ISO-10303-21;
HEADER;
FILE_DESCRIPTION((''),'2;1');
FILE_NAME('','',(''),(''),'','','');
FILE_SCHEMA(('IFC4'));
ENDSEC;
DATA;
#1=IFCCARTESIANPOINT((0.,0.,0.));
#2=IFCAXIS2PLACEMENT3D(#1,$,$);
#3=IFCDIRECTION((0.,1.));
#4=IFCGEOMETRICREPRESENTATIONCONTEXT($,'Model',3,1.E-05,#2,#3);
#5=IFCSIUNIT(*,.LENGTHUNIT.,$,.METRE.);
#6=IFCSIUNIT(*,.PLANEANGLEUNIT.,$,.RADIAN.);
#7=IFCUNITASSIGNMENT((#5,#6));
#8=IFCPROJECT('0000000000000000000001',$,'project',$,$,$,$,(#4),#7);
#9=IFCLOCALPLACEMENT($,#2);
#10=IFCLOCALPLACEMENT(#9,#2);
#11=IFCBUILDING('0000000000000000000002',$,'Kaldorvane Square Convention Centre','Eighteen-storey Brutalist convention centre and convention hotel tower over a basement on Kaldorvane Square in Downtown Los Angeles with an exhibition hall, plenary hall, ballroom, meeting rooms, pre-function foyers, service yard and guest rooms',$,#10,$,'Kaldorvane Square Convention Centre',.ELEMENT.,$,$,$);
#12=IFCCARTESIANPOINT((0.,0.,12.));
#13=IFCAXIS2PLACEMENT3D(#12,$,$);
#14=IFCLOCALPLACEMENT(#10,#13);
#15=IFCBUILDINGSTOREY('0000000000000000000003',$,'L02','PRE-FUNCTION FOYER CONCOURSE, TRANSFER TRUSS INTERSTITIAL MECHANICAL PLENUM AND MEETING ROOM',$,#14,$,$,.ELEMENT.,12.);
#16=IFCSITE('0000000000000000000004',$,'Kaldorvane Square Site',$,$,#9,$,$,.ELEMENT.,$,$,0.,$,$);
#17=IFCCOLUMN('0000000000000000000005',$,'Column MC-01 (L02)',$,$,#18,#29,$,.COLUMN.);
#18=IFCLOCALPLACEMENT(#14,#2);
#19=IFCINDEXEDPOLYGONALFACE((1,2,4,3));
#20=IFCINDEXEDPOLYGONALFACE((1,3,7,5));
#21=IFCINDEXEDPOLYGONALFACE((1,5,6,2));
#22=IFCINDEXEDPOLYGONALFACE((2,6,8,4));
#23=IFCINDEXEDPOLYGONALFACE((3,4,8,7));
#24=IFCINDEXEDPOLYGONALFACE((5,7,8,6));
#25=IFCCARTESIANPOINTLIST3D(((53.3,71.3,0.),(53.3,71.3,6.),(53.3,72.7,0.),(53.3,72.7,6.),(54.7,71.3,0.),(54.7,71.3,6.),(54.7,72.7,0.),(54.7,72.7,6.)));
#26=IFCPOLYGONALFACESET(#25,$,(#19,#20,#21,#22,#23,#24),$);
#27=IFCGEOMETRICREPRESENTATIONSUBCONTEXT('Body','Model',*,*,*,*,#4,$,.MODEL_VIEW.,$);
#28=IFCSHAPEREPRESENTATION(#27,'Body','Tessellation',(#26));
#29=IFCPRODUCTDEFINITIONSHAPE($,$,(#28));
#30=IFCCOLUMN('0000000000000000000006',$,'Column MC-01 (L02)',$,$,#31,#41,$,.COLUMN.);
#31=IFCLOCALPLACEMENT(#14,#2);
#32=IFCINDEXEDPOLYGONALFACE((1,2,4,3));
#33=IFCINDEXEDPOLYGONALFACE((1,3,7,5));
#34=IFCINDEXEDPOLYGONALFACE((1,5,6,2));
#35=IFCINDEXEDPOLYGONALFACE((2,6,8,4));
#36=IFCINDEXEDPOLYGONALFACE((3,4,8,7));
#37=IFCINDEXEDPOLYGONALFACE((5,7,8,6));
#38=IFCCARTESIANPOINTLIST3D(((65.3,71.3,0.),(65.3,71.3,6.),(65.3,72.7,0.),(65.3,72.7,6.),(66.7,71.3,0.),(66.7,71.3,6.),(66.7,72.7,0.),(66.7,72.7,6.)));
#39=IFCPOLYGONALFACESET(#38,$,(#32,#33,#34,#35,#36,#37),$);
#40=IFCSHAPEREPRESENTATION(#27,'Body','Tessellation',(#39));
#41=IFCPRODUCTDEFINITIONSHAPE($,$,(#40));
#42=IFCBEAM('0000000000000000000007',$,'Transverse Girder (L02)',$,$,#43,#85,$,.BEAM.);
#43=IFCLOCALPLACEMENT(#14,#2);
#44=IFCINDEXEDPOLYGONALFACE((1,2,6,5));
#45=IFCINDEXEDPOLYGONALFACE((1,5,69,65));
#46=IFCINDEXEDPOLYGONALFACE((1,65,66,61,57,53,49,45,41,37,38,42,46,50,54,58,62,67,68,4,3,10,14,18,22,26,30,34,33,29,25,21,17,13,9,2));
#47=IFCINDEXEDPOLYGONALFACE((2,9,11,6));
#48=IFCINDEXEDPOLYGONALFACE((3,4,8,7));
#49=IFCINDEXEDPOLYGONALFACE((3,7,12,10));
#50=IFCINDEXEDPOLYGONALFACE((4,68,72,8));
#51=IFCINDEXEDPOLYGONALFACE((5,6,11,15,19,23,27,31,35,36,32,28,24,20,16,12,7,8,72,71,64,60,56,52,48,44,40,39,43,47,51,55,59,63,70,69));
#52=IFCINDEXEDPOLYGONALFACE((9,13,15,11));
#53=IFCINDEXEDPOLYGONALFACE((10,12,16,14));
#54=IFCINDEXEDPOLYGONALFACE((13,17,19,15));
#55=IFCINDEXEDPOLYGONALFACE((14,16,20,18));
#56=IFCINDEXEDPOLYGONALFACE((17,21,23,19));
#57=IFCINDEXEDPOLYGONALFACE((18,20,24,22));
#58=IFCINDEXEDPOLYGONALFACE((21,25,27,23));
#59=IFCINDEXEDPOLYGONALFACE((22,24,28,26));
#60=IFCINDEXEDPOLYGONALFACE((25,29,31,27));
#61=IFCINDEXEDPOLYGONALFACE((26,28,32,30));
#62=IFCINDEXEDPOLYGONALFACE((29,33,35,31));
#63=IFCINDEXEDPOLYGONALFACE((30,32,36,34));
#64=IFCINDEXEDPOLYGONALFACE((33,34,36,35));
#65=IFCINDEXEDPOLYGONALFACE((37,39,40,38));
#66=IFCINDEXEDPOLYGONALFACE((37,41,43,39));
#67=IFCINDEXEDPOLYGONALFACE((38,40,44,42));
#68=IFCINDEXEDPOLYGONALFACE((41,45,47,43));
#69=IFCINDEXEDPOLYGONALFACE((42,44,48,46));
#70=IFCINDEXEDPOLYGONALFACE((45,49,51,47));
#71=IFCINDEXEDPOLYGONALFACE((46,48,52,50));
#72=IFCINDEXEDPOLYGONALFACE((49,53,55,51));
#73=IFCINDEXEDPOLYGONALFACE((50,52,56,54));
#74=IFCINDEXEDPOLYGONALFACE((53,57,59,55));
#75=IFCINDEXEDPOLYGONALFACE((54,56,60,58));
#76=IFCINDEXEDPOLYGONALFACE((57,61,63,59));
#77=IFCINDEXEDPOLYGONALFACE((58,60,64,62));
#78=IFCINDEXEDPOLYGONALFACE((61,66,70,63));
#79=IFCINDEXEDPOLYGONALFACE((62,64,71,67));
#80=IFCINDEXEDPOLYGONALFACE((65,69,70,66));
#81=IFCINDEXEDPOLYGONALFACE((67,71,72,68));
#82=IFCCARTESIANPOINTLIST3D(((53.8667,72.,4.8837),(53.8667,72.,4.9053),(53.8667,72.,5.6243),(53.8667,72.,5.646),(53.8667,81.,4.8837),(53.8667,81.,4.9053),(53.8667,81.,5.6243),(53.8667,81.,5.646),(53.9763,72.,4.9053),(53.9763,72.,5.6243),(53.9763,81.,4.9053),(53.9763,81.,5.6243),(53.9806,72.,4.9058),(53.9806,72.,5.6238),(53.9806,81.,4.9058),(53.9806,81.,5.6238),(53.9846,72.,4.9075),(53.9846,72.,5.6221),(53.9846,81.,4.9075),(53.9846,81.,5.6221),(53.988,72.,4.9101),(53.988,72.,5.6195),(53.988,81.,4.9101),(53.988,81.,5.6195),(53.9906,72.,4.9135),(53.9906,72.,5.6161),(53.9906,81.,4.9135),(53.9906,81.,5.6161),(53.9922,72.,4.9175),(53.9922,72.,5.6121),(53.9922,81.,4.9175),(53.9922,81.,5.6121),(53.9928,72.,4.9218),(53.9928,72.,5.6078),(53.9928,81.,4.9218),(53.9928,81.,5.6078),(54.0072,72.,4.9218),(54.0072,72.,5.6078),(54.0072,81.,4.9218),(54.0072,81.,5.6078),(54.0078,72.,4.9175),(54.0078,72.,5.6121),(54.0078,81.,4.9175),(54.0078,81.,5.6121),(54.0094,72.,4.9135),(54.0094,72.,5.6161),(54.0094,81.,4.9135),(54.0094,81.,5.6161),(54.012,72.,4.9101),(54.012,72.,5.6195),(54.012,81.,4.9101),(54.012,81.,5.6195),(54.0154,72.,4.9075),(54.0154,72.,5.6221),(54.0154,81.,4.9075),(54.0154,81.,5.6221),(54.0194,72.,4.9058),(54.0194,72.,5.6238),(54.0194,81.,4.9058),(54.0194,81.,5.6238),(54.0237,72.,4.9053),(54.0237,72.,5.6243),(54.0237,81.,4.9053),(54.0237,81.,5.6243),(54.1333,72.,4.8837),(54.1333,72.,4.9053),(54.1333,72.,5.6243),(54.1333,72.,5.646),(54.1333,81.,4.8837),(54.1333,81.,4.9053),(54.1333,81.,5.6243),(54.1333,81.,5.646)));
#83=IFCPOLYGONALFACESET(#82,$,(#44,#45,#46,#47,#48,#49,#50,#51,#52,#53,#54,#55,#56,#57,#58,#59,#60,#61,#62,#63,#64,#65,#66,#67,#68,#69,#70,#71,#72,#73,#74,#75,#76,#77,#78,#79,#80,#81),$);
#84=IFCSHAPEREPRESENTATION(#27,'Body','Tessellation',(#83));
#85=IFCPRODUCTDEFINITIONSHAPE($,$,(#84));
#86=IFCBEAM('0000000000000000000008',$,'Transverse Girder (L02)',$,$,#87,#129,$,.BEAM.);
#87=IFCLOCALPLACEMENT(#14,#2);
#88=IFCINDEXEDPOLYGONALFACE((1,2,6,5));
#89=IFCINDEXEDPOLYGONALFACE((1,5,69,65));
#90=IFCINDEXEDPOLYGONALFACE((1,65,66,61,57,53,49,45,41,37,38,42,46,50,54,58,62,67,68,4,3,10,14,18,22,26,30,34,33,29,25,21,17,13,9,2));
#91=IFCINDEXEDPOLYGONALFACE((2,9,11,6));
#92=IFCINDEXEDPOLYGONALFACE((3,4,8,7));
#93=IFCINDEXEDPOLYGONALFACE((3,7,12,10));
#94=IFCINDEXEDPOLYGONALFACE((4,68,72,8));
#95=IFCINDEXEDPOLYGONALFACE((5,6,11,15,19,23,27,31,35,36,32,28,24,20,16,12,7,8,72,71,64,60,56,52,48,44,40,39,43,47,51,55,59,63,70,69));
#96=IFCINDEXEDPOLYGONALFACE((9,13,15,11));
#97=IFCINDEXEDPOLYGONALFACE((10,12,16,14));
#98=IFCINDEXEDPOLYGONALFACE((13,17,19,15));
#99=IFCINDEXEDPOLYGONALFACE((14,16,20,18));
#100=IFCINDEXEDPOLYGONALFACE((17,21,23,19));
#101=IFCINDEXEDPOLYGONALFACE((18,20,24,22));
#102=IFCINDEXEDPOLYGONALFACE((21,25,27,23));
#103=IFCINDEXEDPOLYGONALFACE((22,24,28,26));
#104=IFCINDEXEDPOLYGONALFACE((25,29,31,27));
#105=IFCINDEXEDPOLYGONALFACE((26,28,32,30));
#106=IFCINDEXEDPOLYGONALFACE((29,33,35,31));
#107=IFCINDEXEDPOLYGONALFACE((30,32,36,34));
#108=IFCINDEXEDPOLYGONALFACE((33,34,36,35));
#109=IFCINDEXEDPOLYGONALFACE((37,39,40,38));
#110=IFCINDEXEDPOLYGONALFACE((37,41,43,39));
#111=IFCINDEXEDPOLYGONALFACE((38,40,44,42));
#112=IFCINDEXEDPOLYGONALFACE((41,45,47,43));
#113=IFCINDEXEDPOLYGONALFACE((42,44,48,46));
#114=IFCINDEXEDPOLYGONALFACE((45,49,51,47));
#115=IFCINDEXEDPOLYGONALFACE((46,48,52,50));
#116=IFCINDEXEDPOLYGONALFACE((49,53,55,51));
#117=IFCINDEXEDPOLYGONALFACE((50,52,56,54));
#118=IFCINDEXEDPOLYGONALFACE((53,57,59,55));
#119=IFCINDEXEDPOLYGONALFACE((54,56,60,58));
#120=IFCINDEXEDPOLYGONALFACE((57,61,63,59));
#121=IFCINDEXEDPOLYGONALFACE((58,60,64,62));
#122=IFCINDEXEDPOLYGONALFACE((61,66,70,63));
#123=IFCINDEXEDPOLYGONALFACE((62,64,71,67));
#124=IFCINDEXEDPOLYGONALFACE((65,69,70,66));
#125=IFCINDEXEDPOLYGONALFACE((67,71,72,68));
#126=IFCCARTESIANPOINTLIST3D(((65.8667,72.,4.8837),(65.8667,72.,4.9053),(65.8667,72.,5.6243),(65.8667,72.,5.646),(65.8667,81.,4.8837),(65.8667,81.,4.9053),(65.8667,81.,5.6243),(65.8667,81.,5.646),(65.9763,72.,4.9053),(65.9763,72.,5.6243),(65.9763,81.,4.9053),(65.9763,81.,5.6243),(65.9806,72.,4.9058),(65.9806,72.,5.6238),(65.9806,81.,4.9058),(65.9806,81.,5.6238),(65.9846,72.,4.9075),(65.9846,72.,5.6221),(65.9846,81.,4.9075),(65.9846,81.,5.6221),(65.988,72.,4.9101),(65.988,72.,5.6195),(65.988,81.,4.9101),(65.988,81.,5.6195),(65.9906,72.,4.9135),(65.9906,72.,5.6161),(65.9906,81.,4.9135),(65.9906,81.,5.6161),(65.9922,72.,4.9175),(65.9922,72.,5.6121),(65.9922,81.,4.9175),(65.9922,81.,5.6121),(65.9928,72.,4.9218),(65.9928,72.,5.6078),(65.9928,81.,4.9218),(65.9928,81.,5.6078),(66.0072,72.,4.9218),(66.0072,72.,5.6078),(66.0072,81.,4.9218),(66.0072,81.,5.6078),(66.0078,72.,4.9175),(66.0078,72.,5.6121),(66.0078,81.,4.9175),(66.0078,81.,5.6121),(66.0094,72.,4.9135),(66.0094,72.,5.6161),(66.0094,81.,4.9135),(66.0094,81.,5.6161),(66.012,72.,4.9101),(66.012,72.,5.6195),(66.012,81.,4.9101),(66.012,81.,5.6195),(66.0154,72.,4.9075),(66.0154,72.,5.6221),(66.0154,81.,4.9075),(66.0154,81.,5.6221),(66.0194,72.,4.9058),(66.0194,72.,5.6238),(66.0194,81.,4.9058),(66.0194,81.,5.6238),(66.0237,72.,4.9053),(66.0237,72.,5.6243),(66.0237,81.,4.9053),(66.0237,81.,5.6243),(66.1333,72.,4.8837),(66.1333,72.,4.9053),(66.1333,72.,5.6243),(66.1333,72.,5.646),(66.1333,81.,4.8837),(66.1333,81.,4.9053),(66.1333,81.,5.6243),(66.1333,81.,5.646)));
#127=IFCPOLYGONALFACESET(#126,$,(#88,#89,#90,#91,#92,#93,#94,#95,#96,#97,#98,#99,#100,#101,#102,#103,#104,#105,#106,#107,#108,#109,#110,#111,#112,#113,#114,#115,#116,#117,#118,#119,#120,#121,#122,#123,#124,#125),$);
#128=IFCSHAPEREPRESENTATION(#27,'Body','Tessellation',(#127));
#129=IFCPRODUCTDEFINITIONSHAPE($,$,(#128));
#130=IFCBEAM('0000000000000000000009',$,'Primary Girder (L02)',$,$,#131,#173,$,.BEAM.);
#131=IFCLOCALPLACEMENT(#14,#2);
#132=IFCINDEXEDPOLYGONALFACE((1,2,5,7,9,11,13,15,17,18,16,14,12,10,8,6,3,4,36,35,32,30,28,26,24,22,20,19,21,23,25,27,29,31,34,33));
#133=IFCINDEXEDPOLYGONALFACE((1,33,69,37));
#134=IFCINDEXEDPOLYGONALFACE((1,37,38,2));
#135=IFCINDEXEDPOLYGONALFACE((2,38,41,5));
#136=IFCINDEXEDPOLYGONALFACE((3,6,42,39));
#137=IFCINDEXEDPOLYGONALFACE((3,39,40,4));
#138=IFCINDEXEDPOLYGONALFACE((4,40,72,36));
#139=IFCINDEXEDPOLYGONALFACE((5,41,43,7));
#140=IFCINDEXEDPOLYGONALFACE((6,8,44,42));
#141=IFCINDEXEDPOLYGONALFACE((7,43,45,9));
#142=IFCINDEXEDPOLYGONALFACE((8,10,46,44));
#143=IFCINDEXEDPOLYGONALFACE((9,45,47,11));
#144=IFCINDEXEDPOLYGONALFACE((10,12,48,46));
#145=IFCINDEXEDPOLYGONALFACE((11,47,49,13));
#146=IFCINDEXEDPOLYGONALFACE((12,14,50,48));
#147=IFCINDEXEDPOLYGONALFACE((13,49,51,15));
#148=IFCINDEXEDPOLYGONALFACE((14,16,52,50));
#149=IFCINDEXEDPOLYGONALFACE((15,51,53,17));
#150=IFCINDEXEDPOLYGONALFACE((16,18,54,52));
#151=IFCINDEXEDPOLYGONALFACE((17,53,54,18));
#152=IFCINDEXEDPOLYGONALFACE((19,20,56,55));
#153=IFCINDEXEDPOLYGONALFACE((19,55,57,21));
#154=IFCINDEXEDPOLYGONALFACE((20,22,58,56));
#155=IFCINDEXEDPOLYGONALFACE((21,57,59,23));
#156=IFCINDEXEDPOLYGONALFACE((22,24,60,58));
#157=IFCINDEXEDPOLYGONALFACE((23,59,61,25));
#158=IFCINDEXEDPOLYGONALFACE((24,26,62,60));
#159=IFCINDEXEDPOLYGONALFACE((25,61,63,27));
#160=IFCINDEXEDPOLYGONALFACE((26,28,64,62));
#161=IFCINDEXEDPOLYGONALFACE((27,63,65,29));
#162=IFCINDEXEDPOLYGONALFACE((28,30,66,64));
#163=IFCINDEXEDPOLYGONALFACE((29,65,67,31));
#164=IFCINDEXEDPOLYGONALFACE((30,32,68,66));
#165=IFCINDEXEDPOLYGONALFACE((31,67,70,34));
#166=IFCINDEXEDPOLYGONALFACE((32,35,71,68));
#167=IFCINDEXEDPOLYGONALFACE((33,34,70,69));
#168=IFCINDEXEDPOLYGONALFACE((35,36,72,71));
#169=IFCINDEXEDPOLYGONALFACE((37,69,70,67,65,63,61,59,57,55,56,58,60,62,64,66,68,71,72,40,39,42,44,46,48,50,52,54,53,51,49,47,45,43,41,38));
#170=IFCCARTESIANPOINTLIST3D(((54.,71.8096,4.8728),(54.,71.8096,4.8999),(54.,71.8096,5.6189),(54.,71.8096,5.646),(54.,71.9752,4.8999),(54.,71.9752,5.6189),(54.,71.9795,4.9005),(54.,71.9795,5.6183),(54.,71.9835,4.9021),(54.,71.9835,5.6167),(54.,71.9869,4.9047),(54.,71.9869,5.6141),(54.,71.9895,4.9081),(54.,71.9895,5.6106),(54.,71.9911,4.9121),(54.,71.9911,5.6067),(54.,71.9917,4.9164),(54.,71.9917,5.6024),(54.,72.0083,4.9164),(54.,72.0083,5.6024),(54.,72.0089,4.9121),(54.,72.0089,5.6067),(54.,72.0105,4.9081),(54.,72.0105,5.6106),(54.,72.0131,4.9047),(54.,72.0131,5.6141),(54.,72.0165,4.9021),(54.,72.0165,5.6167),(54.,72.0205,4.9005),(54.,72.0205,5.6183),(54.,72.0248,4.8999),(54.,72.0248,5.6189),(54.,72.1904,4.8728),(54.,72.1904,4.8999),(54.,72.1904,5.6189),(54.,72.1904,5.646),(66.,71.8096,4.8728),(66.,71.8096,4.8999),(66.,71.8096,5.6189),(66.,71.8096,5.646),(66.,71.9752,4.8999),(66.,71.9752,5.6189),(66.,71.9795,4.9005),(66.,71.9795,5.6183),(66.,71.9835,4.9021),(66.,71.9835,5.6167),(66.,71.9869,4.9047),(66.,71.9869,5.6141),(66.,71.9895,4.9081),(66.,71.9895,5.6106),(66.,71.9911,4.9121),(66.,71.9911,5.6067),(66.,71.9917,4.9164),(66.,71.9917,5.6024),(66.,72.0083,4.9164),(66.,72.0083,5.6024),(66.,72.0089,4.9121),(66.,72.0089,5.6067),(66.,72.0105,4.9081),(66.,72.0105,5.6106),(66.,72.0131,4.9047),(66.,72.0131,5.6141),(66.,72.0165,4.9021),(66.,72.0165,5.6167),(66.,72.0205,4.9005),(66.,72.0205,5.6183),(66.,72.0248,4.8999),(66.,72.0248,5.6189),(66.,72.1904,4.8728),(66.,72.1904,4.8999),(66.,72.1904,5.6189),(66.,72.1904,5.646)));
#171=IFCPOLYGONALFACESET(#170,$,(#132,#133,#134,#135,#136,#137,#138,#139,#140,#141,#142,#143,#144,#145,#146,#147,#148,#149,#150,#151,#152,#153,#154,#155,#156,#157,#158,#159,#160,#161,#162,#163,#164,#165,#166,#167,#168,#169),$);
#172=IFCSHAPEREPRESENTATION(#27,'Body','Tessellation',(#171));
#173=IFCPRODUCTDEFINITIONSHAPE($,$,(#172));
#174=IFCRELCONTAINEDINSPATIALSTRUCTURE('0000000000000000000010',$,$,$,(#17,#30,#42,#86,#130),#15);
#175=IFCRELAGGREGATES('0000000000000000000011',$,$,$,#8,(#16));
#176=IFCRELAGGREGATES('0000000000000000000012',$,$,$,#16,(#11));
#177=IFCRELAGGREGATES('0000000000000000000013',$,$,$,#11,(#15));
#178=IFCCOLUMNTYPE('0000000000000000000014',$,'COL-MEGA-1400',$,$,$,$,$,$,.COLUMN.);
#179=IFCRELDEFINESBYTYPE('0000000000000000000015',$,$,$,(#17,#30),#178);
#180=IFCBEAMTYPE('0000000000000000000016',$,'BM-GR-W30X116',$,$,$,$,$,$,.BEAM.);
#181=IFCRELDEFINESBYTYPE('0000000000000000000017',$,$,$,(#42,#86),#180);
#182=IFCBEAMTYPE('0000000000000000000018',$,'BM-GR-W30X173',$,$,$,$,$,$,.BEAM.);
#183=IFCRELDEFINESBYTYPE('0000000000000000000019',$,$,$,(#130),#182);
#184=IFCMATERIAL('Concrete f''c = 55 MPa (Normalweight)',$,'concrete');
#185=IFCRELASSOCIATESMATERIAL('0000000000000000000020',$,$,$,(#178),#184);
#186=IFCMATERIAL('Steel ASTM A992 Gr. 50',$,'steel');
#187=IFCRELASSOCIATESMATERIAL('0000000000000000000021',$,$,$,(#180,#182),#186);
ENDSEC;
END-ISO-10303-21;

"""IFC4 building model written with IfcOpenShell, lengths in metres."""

from ifc_helpers import new_model, si_unit, direction, frame, origin, origin_2d, place, context, subcontext, project, spatial, rectangle, i_section, extrude, material, material_profile, profile_set, type_object, element, save


model = new_model("IFC4")

# Units and contexts
model_context = context("Model", 3, precision=1e-05, world=origin(), true_north=direction((0.0, 1.0)))
body_context = subcontext(model_context, "Body", "Model", "MODEL_VIEW")
ifc_project = project(units=[si_unit("LENGTHUNIT", "METRE"), si_unit("PLANEANGLEUNIT", "RADIAN")], contexts=[model_context])

# Site, building, storey
site_placement = place(None, origin())
site = spatial("IfcSite", under=ifc_project, at=site_placement, Name="Kaldorvane Square Site", CompositionType="ELEMENT", RefElevation=0.0)
building_placement = place(site_placement, origin())
building = spatial("IfcBuilding", under=site, at=building_placement, Name="Kaldorvane Square Convention Centre", Description="Eighteen-storey Brutalist convention centre and convention hotel tower over a basement on Kaldorvane Square in Downtown Los Angeles with an exhibition hall, plenary hall, ballroom, meeting rooms, pre-function foyers, service yard and guest rooms", LongName="Kaldorvane Square Convention Centre", CompositionType="ELEMENT")
storey_placement = place(building_placement, frame((0.0, 0.0, 12.0)))
storey = spatial("IfcBuildingStorey", under=building, at=storey_placement, Name="L02", Description="PRE-FUNCTION FOYER CONCOURSE, TRANSFER TRUSS INTERSTITIAL MECHANICAL PLENUM AND MEETING ROOM", CompositionType="ELEMENT", Elevation=12.0)

# Columns
ifc_material_1 = material(Name="Concrete f'c = 55 MPa (Normalweight)", Category="concrete")
ifc_material_profile_1 = material_profile(ifc_material_1, rectangle(XDim=1.4, YDim=1.4, at=origin_2d()), Name="RC1400X1400")
ifc_profile_set_1 = profile_set([ifc_material_profile_1], Name="Concrete f'c = 55 MPa (Normalweight)")
column_type = type_object("IfcColumnType", Name="COL-MEGA-1400", PredefinedType="COLUMN", material=ifc_profile_set_1)
for number, where, z_axis, x_axis, name in (
    (1, (54.0, 72.0, 0.0), (0.0, 0.0, 1.0), (1.0, 0.0, 0.0), "Column MC-01 (L02)"),
    (2, (66.0, 72.0, 0.0), (0.0, 0.0, 1.0), (1.0, 0.0, 0.0), "Column MC-01 (L02)"),
):
    element("IfcColumn", number, at=place(storey_placement, frame(where, z_axis=z_axis, x_axis=x_axis)), inside=storey, type_object=column_type, Name=name, PredefinedType="COLUMN", context=body_context, shape_type="SweptSolid", body=[
        extrude(rectangle(XDim=1.4, YDim=1.4, at=origin_2d()), origin(), (0.0, 0.0, 1.0), 6.0),
    ])

# Beams
ifc_material_2 = material(Name="Steel ASTM A992 Gr. 50", Category="steel")
ifc_material_profile_2 = material_profile(ifc_material_2, i_section(OverallWidth=0.2666, OverallDepth=0.7623, WebThickness=0.0144, FlangeThickness=0.0216, FilletRadius=0.0165, at=origin_2d()), Name="W30X116")
ifc_profile_set_2 = profile_set([ifc_material_profile_2], Name="Steel ASTM A992 Gr. 50")
beam_type_1 = type_object("IfcBeamType", Name="BM-GR-W30X116", PredefinedType="BEAM", material=ifc_profile_set_2)
for number, where, z_axis, x_axis, name in (
    (3, (54.0, 72.0, 5.2648), (0.0, 1.0, 0.0), (-1.0, 0.0, 0.0), "Transverse Girder (L02)"),
    (4, (66.0, 72.0, 5.2648), (0.0, 1.0, 0.0), (-1.0, 0.0, 0.0), "Transverse Girder (L02)"),
):
    element("IfcBeam", number, at=place(storey_placement, frame(where, z_axis=z_axis, x_axis=x_axis)), inside=storey, type_object=beam_type_1, Name=name, PredefinedType="BEAM", context=body_context, shape_type="SweptSolid", body=[
        extrude(i_section(OverallWidth=0.2666, OverallDepth=0.7623, WebThickness=0.0144, FlangeThickness=0.0216, FilletRadius=0.0165, at=origin_2d()), origin(), (0.0, 0.0, 1.0), 9.0),
    ])
ifc_material_profile_3 = material_profile(ifc_material_2, i_section(OverallWidth=0.3807, OverallDepth=0.7732, WebThickness=0.0166, FlangeThickness=0.0271, FilletRadius=0.0165, at=origin_2d()), Name="W30X173")
ifc_profile_set_3 = profile_set([ifc_material_profile_3], Name="Steel ASTM A992 Gr. 50")
beam_type_2 = type_object("IfcBeamType", Name="BM-GR-W30X173", PredefinedType="BEAM", material=ifc_profile_set_3)
for number, where, z_axis, x_axis, name in (
    (5, (54.0, 72.0, 5.2594), (1.0, 0.0, 0.0), (0.0, 1.0, 0.0), "Primary Girder (L02)"),
):
    element("IfcBeam", number, at=place(storey_placement, frame(where, z_axis=z_axis, x_axis=x_axis)), inside=storey, type_object=beam_type_2, Name=name, PredefinedType="BEAM", context=body_context, shape_type="SweptSolid", body=[
        extrude(i_section(OverallWidth=0.3807, OverallDepth=0.7732, WebThickness=0.0166, FlangeThickness=0.0271, FilletRadius=0.0165, at=origin_2d()), origin(), (0.0, 0.0, 1.0), 12.0),
    ])

save(model, "model.ifc")
